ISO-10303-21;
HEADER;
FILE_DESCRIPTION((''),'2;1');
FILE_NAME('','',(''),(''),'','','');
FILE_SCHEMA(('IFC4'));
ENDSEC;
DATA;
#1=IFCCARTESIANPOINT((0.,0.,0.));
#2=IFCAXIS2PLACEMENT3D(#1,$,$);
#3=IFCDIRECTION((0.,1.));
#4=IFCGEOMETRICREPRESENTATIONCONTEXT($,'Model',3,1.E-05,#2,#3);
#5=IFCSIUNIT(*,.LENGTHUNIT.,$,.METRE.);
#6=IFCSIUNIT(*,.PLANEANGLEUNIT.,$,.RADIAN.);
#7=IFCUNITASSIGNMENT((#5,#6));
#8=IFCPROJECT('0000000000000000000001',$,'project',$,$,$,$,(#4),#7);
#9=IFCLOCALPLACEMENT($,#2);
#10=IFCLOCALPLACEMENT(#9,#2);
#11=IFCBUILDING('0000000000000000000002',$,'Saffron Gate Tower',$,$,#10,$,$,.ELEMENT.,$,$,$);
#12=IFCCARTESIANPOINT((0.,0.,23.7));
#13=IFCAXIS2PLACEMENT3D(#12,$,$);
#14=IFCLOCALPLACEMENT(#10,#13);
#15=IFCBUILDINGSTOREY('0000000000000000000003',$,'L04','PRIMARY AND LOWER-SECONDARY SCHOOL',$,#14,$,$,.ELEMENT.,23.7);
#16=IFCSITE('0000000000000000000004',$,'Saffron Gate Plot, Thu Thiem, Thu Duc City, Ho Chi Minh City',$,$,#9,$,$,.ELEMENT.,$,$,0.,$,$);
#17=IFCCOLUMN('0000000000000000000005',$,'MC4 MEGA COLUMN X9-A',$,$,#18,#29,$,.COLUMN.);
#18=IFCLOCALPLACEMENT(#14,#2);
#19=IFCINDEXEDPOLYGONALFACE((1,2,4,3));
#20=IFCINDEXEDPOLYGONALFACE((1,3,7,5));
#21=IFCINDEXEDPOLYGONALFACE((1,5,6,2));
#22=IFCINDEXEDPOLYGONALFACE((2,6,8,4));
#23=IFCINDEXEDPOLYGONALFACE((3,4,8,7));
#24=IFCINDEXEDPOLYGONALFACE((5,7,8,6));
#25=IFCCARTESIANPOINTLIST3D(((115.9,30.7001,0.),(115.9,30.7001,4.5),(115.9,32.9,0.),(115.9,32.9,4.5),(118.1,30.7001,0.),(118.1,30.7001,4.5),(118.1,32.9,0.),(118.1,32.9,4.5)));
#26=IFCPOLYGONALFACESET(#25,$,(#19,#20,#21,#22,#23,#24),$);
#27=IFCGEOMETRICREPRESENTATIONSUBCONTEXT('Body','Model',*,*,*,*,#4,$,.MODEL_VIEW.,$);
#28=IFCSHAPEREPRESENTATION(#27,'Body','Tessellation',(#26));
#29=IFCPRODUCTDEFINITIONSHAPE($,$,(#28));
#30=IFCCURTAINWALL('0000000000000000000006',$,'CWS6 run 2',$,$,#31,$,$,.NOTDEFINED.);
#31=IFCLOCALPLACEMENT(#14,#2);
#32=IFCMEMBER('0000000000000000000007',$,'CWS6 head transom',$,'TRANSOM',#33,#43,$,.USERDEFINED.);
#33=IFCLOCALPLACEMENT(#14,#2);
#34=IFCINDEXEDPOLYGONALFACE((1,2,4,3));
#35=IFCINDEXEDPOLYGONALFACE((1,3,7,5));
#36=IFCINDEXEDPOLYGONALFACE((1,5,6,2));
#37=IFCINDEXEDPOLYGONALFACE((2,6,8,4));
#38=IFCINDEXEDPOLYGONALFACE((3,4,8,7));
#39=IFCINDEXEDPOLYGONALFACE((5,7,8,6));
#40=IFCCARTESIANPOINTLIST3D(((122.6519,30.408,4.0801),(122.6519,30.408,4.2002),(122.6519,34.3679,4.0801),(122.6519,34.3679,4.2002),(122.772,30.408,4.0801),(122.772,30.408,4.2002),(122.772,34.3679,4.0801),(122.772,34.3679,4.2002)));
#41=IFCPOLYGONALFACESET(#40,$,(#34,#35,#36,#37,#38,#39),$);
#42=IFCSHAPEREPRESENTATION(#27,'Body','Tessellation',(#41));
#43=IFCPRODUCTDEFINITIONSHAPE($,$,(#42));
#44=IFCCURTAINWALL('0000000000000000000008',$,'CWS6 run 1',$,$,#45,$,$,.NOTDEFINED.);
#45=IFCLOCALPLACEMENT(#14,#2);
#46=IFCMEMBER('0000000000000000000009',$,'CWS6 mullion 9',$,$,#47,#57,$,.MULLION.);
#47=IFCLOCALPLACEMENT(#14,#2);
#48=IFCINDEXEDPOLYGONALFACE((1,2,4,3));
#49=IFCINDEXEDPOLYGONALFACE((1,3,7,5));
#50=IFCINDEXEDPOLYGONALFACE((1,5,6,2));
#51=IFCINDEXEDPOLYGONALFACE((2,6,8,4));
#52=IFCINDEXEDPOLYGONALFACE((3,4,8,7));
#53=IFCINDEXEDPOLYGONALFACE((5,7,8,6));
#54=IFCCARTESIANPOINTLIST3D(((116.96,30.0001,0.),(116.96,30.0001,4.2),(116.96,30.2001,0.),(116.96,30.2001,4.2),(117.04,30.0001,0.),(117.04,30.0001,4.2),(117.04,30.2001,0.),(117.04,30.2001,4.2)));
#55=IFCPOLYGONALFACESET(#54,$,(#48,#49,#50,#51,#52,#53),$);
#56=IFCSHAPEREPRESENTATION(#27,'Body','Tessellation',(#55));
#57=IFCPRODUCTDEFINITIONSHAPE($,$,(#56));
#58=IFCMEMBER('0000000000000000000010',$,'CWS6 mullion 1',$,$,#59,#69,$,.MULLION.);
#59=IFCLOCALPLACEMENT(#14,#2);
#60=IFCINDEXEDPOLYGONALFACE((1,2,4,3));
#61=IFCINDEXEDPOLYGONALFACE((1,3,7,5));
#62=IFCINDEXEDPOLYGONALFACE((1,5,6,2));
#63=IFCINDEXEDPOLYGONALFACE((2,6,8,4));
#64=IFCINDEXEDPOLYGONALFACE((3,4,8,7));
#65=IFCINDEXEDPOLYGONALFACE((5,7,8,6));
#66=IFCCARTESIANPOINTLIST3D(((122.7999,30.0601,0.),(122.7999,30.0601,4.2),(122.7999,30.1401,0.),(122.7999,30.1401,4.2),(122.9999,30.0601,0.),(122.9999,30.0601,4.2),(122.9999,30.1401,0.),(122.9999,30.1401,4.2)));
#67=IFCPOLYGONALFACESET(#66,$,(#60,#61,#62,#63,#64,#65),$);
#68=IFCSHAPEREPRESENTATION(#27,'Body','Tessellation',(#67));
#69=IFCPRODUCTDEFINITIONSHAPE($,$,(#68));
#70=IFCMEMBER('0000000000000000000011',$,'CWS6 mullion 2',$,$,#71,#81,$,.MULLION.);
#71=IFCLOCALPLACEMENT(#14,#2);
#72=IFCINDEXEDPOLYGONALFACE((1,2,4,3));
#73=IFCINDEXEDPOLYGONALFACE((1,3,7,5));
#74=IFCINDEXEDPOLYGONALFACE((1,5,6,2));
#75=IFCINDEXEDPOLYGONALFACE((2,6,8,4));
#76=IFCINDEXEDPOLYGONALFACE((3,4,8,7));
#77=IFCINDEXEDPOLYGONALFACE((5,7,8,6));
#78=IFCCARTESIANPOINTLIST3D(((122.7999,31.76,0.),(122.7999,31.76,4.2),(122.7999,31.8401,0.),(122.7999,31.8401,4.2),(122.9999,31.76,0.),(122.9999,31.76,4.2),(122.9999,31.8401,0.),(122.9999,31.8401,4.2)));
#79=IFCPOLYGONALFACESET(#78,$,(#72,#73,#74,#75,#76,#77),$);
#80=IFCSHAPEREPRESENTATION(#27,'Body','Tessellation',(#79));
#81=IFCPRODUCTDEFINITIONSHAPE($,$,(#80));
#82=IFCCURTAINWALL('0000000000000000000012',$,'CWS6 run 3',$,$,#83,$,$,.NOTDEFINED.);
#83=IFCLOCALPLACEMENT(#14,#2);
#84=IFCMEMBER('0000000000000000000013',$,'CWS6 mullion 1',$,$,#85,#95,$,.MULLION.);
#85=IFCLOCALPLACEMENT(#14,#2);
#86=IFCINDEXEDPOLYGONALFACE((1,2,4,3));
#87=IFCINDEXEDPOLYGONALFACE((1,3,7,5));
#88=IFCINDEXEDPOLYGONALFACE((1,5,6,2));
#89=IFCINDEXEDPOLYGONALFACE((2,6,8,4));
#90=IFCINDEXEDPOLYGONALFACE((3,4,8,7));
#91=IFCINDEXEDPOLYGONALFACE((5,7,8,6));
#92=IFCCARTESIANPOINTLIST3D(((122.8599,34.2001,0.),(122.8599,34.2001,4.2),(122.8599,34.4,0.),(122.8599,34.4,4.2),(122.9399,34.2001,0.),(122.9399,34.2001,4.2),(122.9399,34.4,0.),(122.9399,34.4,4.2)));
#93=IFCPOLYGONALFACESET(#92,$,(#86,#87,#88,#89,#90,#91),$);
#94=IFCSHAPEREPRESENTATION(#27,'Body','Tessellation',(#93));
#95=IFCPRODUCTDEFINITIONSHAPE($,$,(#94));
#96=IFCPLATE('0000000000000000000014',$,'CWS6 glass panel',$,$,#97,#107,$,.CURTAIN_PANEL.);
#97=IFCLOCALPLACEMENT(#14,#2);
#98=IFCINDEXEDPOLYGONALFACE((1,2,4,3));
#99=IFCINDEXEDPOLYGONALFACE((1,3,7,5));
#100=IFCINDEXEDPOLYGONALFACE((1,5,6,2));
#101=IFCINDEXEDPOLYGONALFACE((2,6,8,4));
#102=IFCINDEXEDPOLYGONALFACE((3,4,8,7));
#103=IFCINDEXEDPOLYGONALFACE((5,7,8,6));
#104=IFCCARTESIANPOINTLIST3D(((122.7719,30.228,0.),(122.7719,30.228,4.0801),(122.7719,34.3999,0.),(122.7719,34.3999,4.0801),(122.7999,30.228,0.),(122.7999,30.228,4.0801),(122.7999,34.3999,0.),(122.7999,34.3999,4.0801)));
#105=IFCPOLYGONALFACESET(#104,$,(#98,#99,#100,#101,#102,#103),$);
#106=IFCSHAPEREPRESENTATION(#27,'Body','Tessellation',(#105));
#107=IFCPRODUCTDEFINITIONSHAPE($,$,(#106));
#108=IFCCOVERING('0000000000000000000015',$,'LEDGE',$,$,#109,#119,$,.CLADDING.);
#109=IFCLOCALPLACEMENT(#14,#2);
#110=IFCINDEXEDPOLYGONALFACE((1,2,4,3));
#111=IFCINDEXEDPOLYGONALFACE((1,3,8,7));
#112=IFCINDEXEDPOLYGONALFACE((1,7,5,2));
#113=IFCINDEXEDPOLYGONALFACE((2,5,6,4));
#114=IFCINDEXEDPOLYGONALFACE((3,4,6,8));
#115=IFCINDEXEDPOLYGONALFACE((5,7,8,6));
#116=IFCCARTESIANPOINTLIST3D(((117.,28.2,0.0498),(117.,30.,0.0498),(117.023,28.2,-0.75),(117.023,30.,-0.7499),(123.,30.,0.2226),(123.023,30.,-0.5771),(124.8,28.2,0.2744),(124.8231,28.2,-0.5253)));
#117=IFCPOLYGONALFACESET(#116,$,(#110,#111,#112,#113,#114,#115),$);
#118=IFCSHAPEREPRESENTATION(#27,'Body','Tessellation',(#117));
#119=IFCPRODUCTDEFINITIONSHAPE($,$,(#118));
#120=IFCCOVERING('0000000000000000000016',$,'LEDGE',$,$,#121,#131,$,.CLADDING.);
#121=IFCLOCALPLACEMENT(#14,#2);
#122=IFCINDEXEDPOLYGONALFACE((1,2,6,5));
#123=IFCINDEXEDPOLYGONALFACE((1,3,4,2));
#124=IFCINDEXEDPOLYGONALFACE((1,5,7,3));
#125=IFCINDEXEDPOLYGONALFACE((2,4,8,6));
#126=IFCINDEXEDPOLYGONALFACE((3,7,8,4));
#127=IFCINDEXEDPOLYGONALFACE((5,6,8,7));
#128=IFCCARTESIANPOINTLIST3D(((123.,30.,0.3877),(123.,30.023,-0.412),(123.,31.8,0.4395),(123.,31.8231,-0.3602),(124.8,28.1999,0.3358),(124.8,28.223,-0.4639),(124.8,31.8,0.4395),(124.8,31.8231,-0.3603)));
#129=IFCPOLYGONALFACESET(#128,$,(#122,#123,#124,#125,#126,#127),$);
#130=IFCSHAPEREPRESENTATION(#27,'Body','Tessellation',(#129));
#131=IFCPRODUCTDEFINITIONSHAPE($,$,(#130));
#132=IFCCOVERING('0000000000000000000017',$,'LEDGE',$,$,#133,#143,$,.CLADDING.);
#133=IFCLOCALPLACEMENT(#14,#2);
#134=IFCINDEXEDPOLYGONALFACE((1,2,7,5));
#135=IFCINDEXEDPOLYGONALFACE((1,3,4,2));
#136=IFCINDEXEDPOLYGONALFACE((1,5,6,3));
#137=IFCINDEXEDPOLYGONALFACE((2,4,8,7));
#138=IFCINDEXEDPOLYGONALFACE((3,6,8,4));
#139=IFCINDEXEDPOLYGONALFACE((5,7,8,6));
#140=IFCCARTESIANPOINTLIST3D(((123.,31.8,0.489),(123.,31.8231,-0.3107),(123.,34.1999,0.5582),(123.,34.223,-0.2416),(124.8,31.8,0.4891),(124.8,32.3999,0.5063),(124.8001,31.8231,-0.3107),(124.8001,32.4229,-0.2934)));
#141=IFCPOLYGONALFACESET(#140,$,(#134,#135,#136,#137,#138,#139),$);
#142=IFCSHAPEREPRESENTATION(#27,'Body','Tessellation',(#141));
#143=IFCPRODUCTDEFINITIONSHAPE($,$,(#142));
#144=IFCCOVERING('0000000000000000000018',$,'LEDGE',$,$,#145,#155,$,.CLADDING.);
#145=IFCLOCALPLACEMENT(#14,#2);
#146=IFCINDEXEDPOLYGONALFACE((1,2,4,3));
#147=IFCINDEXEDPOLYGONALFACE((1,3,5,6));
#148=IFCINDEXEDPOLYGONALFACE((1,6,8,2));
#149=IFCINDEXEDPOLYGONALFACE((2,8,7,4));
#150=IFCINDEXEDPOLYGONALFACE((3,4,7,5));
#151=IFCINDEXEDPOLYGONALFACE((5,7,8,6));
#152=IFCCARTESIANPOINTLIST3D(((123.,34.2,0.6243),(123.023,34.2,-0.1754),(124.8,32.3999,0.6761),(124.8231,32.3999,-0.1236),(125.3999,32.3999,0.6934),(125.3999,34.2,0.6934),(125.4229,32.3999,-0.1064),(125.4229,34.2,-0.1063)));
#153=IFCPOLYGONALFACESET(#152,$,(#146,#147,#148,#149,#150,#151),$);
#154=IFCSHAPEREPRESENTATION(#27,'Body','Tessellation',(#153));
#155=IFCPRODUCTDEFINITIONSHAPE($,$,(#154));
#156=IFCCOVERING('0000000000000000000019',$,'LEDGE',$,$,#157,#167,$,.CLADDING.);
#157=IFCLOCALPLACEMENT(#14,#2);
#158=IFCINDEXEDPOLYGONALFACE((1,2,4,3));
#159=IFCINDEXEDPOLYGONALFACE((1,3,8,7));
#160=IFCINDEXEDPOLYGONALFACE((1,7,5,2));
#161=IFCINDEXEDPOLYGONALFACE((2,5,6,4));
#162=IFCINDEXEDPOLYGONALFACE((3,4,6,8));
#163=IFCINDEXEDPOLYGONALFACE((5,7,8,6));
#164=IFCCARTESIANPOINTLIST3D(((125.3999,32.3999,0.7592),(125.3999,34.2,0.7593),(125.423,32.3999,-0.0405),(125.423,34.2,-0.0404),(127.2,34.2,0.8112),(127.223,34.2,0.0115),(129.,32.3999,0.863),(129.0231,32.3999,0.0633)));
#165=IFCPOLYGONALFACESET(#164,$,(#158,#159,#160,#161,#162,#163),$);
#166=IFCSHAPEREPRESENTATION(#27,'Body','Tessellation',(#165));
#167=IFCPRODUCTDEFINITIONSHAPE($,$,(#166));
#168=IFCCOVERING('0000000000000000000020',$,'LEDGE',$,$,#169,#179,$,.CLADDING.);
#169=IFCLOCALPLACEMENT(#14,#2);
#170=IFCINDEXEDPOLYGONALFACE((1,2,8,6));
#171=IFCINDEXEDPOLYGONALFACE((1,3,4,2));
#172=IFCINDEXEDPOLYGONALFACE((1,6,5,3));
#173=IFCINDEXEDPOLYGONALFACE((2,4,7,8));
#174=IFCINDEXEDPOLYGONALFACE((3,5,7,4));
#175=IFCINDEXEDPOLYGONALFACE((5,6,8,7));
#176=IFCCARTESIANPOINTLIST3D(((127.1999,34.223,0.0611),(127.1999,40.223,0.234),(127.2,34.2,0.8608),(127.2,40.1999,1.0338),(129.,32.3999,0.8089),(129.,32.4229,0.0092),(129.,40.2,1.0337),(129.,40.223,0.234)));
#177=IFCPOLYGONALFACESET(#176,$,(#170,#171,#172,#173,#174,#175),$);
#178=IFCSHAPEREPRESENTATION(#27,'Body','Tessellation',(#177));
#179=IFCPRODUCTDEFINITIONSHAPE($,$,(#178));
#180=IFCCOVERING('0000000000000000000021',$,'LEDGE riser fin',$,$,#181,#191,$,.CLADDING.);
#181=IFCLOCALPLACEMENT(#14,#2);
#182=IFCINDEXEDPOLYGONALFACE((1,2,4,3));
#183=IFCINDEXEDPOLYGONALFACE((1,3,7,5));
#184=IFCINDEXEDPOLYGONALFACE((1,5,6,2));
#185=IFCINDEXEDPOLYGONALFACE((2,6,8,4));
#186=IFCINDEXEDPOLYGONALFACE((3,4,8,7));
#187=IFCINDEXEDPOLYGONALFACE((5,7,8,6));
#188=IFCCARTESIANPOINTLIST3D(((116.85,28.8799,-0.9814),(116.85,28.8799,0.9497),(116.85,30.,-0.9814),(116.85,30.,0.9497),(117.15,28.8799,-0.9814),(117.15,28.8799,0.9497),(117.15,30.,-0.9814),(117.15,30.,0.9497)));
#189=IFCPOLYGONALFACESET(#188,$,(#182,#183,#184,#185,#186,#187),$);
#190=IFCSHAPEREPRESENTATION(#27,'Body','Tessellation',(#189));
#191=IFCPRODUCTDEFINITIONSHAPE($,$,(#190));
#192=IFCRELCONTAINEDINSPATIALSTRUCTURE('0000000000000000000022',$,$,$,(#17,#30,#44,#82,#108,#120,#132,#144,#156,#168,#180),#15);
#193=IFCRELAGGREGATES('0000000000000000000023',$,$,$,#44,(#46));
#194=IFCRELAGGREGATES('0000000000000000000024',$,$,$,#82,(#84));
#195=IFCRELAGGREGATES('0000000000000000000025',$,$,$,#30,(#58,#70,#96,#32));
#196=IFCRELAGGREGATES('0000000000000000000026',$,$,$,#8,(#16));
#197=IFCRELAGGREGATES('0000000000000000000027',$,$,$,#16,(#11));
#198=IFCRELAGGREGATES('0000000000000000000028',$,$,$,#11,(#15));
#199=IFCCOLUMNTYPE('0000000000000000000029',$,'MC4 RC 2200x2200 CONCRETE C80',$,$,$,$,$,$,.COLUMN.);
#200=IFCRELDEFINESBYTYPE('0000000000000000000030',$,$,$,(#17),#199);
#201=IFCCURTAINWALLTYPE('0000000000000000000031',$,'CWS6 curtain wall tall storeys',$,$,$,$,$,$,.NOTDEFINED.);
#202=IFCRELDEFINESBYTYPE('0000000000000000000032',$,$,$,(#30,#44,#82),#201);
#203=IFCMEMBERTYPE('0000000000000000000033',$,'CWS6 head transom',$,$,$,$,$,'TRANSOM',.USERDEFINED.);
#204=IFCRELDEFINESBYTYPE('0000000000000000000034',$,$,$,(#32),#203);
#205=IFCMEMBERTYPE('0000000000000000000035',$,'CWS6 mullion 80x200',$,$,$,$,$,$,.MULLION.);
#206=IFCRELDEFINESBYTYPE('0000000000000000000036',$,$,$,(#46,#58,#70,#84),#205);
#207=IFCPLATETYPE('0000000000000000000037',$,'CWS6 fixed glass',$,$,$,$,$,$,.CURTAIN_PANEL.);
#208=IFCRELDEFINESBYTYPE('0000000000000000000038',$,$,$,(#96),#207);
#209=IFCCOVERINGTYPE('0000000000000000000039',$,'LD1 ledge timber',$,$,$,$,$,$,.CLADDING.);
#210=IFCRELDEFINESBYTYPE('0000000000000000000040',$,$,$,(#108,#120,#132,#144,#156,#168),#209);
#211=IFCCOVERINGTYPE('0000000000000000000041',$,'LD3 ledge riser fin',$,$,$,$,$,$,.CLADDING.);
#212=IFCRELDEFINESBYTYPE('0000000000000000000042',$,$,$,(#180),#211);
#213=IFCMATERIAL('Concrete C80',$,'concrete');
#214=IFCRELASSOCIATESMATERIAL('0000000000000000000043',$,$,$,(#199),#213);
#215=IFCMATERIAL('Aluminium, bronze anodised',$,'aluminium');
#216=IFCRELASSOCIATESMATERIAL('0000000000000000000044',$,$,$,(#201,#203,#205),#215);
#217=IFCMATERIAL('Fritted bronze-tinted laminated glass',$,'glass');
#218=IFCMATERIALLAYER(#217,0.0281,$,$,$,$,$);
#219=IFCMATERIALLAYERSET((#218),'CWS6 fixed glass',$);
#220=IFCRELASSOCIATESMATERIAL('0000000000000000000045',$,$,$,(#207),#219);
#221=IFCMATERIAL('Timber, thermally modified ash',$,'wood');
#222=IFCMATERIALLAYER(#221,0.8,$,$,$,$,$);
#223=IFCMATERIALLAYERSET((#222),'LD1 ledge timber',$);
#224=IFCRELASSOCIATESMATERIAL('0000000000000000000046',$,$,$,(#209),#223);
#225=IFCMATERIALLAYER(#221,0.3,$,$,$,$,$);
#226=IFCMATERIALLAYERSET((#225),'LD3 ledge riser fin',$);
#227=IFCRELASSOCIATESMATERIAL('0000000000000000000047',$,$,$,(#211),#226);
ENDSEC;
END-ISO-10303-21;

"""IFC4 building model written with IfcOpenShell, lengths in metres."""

from ifc_helpers import new_model, si_unit, direction, frame, frame_2d, origin, origin_2d, place, context, subcontext, project, spatial, polyline, rectangle, outline, extrude, material, layer, layer_set, material_profile, profile_set, type_object, element, aggregate, save


model = new_model("IFC4")

# Units and contexts
model_context = context("Model", 3, precision=1e-05, world=origin(), true_north=direction((0.0, 1.0)))
body_context = subcontext(model_context, "Body", "Model", "MODEL_VIEW")
ifc_project = project(units=[si_unit("LENGTHUNIT", "METRE"), si_unit("PLANEANGLEUNIT", "RADIAN")], contexts=[model_context])

# Site, building, storey
site_placement = place(None, origin())
site = spatial("IfcSite", under=ifc_project, at=site_placement, Name="Saffron Gate Plot, Thu Thiem, Thu Duc City, Ho Chi Minh City", CompositionType="ELEMENT", RefElevation=0.0)
building_placement = place(site_placement, origin())
building = spatial("IfcBuilding", under=site, at=building_placement, Name="Saffron Gate Tower", CompositionType="ELEMENT")
storey_placement = place(building_placement, frame((0.0, 0.0, 23.7)))
storey = spatial("IfcBuildingStorey", under=building, at=storey_placement, Name="L04", Description="PRIMARY AND LOWER-SECONDARY SCHOOL", CompositionType="ELEMENT", Elevation=23.7)

# Column
ifc_material_1 = material(Name="Concrete C80", Category="concrete")
ifc_material_profile_1 = material_profile(ifc_material_1, rectangle(XDim=2.2, YDim=2.2, at=origin_2d()))
ifc_profile_set_1 = profile_set([ifc_material_profile_1], Name="Concrete C80")
column_type = type_object("IfcColumnType", Name="MC4 RC 2200x2200 CONCRETE C80", PredefinedType="COLUMN", material=ifc_profile_set_1)
column_placement = place(storey_placement, frame((117.0, 31.8, 0.0), z_axis=(0.0, 0.0, 1.0), x_axis=(1.0, 0.0, 0.0)))
element("IfcColumn", 1, at=column_placement, inside=storey, type_object=column_type, Name="MC4 MEGA COLUMN X9-A", PredefinedType="COLUMN", context=body_context, shape_type="SweptSolid", body=[
    extrude(rectangle(XDim=2.2, YDim=2.2, at=origin_2d()), origin(), (0.0, 0.0, 1.0), 4.5),
])

# Curtain walls, members
ifc_material_2 = material(Name="Aluminium, bronze anodised", Category="aluminium")
curtain_wall_type = type_object("IfcCurtainWallType", Name="CWS6 curtain wall tall storeys", PredefinedType="NOTDEFINED", material=ifc_material_2)
curtain_wall_1_placement = place(storey_placement, origin())
curtain_wall_1 = element("IfcCurtainWall", 2, at=curtain_wall_1_placement, inside=storey, type_object=curtain_wall_type, Name="CWS6 run 2", PredefinedType="NOTDEFINED")
ifc_material_profile_2 = material_profile(ifc_material_2, rectangle(XDim=0.1201, YDim=0.1201, at=origin_2d()))
ifc_profile_set_2 = profile_set([ifc_material_profile_2], Name="Aluminium, bronze anodised")
member_type_1 = type_object("IfcMemberType", Name="CWS6 head transom", ElementType="TRANSOM", PredefinedType="USERDEFINED", material=ifc_profile_set_2)
member_1_placement = place(storey_placement, frame((122.7119, 30.408, 4.1401), z_axis=(0.0, 1.0, 0.0), x_axis=(-1.0, 0.0, 0.0)))
member_1 = element("IfcMember", 3, at=member_1_placement, type_object=member_type_1, Name="CWS6 head transom", ObjectType="TRANSOM", PredefinedType="USERDEFINED", context=body_context, shape_type="SweptSolid", body=[
    extrude(rectangle(XDim=0.1201, YDim=0.1201, at=origin_2d()), origin(), (0.0, 0.0, 1.0), 3.96),
])
curtain_wall_2_placement = place(storey_placement, origin())
curtain_wall_2 = element("IfcCurtainWall", 4, at=curtain_wall_2_placement, inside=storey, type_object=curtain_wall_type, Name="CWS6 run 1", PredefinedType="NOTDEFINED")
ifc_material_profile_3 = material_profile(ifc_material_2, rectangle(XDim=0.2, YDim=0.0801, at=origin_2d()))
ifc_profile_set_3 = profile_set([ifc_material_profile_3], Name="Aluminium, bronze anodised")
member_type_2 = type_object("IfcMemberType", Name="CWS6 mullion 80x200", PredefinedType="MULLION", material=ifc_profile_set_3)
member_2_placement = place(storey_placement, frame((117.0, 30.1001, 0.0), z_axis=(0.0, 0.0, 1.0), x_axis=(0.0, 1.0, 0.0)))
member_2 = element("IfcMember", 5, at=member_2_placement, type_object=member_type_2, Name="CWS6 mullion 9", PredefinedType="MULLION", context=body_context, shape_type="SweptSolid", body=[
    extrude(rectangle(XDim=0.2, YDim=0.0801, at=origin_2d()), origin(), (0.0, 0.0, 1.0), 4.2),
])
aggregate(curtain_wall_2, [member_2])

# Members
member_3_placement = place(storey_placement, frame((122.8999, 30.1001, 0.0), z_axis=(0.0, 0.0, 1.0), x_axis=(-1.0, 0.0, 0.0)))
member_3 = element("IfcMember", 6, at=member_3_placement, type_object=member_type_2, Name="CWS6 mullion 1", PredefinedType="MULLION", context=body_context, shape_type="SweptSolid", body=[
    extrude(rectangle(XDim=0.2, YDim=0.0801, at=origin_2d()), origin(), (0.0, 0.0, 1.0), 4.2),
])
member_4_placement = place(storey_placement, frame((122.8999, 31.8, 0.0), z_axis=(0.0, 0.0, 1.0), x_axis=(-1.0, 0.0, 0.0)))
member_4 = element("IfcMember", 7, at=member_4_placement, type_object=member_type_2, Name="CWS6 mullion 2", PredefinedType="MULLION", context=body_context, shape_type="SweptSolid", body=[
    extrude(rectangle(XDim=0.2, YDim=0.0801, at=origin_2d()), origin(), (0.0, 0.0, 1.0), 4.2),
])

# Curtain wall, member
curtain_wall_3_placement = place(storey_placement, origin())
curtain_wall_3 = element("IfcCurtainWall", 8, at=curtain_wall_3_placement, inside=storey, type_object=curtain_wall_type, Name="CWS6 run 3", PredefinedType="NOTDEFINED")
member_5_placement = place(storey_placement, frame((122.8999, 34.3, 0.0), z_axis=(0.0, 0.0, 1.0), x_axis=(0.0, 1.0, 0.0)))
member_5 = element("IfcMember", 9, at=member_5_placement, type_object=member_type_2, Name="CWS6 mullion 1", PredefinedType="MULLION", context=body_context, shape_type="SweptSolid", body=[
    extrude(rectangle(XDim=0.2, YDim=0.0801, at=origin_2d()), origin(), (0.0, 0.0, 1.0), 4.2),
])
aggregate(curtain_wall_3, [member_5])

# Plate
ifc_material_3 = material(Name="Fritted bronze-tinted laminated glass", Category="glass")
ifc_layer_1 = layer(ifc_material_3, 0.0281)
ifc_layer_set_1 = layer_set([ifc_layer_1], Name="CWS6 fixed glass")
plate_type = type_object("IfcPlateType", Name="CWS6 fixed glass", PredefinedType="CURTAIN_PANEL", material=ifc_layer_set_1)
plate_placement = place(storey_placement, frame((122.7859, 30.228, 0.0), z_axis=(0.0, 0.0, 1.0), x_axis=(0.0, 1.0, 0.0)))
plate = element("IfcPlate", 10, at=plate_placement, type_object=plate_type, Name="CWS6 glass panel", PredefinedType="CURTAIN_PANEL", context=body_context, shape_type="SweptSolid", body=[
    extrude(rectangle(XDim=4.1719, YDim=0.0281, at=frame_2d((2.0859, 0.0))), origin(), (0.0, 0.0, 1.0), 4.0801),
])
aggregate(curtain_wall_1, [member_3, member_4, plate, member_1])

# Coverings
ifc_material_4 = material(Name="Timber, thermally modified ash", Category="wood")
ifc_layer_2 = layer(ifc_material_4, 0.8)
ifc_layer_set_2 = layer_set([ifc_layer_2], Name="LD1 ledge timber")
covering_type_1 = type_object("IfcCoveringType", Name="LD1 ledge timber", PredefinedType="CLADDING", material=ifc_layer_set_2)
covering_1_placement = place(storey_placement, frame((117.0, 30.0, 0.0498), z_axis=(-0.028789, -0.000024, 0.999585), x_axis=(0.999585, 0.0, 0.028789)))
element("IfcCovering", 11, at=covering_1_placement, inside=storey, type_object=covering_type_1, Name="LEDGE", PredefinedType="CLADDING", context=body_context, shape_type="SweptSolid", body=[
    extrude(outline(polyline([(0.0, 0.0), (6.0025, 0.0), (7.8033, -1.8), (0.0, -1.8), (0.0, 0.0)])), origin(), (0.0, 0.0, -1.0), 0.8),
])
covering_2_placement = place(storey_placement, frame((123.0, 30.0, 0.3877), z_axis=(0.000045, -0.028787, 0.999586), x_axis=(0.0, 0.999586, 0.028787)))
element("IfcCovering", 12, at=covering_2_placement, inside=storey, type_object=covering_type_1, Name="LEDGE", PredefinedType="CLADDING", context=body_context, shape_type="SweptSolid", body=[
    extrude(outline(polyline([(0.0, 0.0), (1.8008, 0.0), (1.8008, -1.8), (-1.8008, -1.8), (0.0, 0.0)])), origin(), (0.0, 0.0, -1.0), 0.8),
])
covering_3_placement = place(storey_placement, frame((123.0, 31.8, 0.489), z_axis=(-0.000029, -0.028799, 0.999585), x_axis=(0.0, 0.999585, 0.028799)))
element("IfcCovering", 13, at=covering_3_placement, inside=storey, type_object=covering_type_1, Name="LEDGE", PredefinedType="CLADDING", context=body_context, shape_type="SweptSolid", body=[
    extrude(outline(polyline([(0.0, 0.0), (2.4009, 0.0), (0.6001, -1.8), (0.0, -1.8), (0.0, 0.0)])), origin(), (0.0, 0.0, -1.0), 0.8),
])
covering_4_placement = place(storey_placement, frame((123.0, 34.2, 0.6243), z_axis=(-0.028799, -0.000029, 0.999585), x_axis=(0.999585, 0.0, 0.028799)))
element("IfcCovering", 14, at=covering_4_placement, inside=storey, type_object=covering_type_1, Name="LEDGE", PredefinedType="CLADDING", context=body_context, shape_type="SweptSolid", body=[
    extrude(outline(polyline([(0.0, 0.0), (2.4009, 0.0), (2.4009, -1.8), (1.8008, -1.8), (0.0, 0.0)])), origin(), (0.0, 0.0, -1.0), 0.8),
])
covering_5_placement = place(storey_placement, frame((125.3999, 34.2, 0.7593), z_axis=(-0.028832, -0.000045, 0.999584), x_axis=(0.999584, 0.0, 0.028832)))
element("IfcCovering", 15, at=covering_5_placement, inside=storey, type_object=covering_type_1, Name="LEDGE", PredefinedType="CLADDING", context=body_context, shape_type="SweptSolid", body=[
    extrude(outline(polyline([(0.0, 0.0), (1.8008, 0.0), (3.6016, -1.8), (0.0, -1.8), (0.0, 0.0)])), origin(), (0.0, 0.0, -1.0), 0.8),
])
covering_6_placement = place(storey_placement, frame((127.2, 34.2, 0.8608), z_axis=(0.000035, -0.028807, 0.999585), x_axis=(0.0, 0.999585, 0.028807)))
element("IfcCovering", 16, at=covering_6_placement, inside=storey, type_object=covering_type_1, Name="LEDGE", PredefinedType="CLADDING", context=body_context, shape_type="SweptSolid", body=[
    extrude(outline(polyline([(0.0, 0.0), (6.0025, 0.0), (6.0025, -1.8), (-1.8008, -1.8), (0.0, 0.0)])), origin(), (0.0, 0.0, -1.0), 0.8),
])
ifc_layer_3 = layer(ifc_material_4, 0.3)
ifc_layer_set_3 = layer_set([ifc_layer_3], Name="LD3 ledge riser fin")
covering_type_2 = type_object("IfcCoveringType", Name="LD3 ledge riser fin", PredefinedType="CLADDING", material=ifc_layer_set_3)
covering_7_placement = place(storey_placement, frame((117.0, 29.4399, -0.9814), z_axis=(0.0, 0.0, 1.0), x_axis=(1.0, 0.0, 0.0)))
element("IfcCovering", 17, at=covering_7_placement, inside=storey, type_object=covering_type_2, Name="LEDGE riser fin", PredefinedType="CLADDING", context=body_context, shape_type="SweptSolid", body=[
    extrude(rectangle(XDim=0.3, YDim=1.1201, at=origin_2d()), origin(), (0.0, 0.0, 1.0), 1.9312),
])

save(model, "model.ifc")
